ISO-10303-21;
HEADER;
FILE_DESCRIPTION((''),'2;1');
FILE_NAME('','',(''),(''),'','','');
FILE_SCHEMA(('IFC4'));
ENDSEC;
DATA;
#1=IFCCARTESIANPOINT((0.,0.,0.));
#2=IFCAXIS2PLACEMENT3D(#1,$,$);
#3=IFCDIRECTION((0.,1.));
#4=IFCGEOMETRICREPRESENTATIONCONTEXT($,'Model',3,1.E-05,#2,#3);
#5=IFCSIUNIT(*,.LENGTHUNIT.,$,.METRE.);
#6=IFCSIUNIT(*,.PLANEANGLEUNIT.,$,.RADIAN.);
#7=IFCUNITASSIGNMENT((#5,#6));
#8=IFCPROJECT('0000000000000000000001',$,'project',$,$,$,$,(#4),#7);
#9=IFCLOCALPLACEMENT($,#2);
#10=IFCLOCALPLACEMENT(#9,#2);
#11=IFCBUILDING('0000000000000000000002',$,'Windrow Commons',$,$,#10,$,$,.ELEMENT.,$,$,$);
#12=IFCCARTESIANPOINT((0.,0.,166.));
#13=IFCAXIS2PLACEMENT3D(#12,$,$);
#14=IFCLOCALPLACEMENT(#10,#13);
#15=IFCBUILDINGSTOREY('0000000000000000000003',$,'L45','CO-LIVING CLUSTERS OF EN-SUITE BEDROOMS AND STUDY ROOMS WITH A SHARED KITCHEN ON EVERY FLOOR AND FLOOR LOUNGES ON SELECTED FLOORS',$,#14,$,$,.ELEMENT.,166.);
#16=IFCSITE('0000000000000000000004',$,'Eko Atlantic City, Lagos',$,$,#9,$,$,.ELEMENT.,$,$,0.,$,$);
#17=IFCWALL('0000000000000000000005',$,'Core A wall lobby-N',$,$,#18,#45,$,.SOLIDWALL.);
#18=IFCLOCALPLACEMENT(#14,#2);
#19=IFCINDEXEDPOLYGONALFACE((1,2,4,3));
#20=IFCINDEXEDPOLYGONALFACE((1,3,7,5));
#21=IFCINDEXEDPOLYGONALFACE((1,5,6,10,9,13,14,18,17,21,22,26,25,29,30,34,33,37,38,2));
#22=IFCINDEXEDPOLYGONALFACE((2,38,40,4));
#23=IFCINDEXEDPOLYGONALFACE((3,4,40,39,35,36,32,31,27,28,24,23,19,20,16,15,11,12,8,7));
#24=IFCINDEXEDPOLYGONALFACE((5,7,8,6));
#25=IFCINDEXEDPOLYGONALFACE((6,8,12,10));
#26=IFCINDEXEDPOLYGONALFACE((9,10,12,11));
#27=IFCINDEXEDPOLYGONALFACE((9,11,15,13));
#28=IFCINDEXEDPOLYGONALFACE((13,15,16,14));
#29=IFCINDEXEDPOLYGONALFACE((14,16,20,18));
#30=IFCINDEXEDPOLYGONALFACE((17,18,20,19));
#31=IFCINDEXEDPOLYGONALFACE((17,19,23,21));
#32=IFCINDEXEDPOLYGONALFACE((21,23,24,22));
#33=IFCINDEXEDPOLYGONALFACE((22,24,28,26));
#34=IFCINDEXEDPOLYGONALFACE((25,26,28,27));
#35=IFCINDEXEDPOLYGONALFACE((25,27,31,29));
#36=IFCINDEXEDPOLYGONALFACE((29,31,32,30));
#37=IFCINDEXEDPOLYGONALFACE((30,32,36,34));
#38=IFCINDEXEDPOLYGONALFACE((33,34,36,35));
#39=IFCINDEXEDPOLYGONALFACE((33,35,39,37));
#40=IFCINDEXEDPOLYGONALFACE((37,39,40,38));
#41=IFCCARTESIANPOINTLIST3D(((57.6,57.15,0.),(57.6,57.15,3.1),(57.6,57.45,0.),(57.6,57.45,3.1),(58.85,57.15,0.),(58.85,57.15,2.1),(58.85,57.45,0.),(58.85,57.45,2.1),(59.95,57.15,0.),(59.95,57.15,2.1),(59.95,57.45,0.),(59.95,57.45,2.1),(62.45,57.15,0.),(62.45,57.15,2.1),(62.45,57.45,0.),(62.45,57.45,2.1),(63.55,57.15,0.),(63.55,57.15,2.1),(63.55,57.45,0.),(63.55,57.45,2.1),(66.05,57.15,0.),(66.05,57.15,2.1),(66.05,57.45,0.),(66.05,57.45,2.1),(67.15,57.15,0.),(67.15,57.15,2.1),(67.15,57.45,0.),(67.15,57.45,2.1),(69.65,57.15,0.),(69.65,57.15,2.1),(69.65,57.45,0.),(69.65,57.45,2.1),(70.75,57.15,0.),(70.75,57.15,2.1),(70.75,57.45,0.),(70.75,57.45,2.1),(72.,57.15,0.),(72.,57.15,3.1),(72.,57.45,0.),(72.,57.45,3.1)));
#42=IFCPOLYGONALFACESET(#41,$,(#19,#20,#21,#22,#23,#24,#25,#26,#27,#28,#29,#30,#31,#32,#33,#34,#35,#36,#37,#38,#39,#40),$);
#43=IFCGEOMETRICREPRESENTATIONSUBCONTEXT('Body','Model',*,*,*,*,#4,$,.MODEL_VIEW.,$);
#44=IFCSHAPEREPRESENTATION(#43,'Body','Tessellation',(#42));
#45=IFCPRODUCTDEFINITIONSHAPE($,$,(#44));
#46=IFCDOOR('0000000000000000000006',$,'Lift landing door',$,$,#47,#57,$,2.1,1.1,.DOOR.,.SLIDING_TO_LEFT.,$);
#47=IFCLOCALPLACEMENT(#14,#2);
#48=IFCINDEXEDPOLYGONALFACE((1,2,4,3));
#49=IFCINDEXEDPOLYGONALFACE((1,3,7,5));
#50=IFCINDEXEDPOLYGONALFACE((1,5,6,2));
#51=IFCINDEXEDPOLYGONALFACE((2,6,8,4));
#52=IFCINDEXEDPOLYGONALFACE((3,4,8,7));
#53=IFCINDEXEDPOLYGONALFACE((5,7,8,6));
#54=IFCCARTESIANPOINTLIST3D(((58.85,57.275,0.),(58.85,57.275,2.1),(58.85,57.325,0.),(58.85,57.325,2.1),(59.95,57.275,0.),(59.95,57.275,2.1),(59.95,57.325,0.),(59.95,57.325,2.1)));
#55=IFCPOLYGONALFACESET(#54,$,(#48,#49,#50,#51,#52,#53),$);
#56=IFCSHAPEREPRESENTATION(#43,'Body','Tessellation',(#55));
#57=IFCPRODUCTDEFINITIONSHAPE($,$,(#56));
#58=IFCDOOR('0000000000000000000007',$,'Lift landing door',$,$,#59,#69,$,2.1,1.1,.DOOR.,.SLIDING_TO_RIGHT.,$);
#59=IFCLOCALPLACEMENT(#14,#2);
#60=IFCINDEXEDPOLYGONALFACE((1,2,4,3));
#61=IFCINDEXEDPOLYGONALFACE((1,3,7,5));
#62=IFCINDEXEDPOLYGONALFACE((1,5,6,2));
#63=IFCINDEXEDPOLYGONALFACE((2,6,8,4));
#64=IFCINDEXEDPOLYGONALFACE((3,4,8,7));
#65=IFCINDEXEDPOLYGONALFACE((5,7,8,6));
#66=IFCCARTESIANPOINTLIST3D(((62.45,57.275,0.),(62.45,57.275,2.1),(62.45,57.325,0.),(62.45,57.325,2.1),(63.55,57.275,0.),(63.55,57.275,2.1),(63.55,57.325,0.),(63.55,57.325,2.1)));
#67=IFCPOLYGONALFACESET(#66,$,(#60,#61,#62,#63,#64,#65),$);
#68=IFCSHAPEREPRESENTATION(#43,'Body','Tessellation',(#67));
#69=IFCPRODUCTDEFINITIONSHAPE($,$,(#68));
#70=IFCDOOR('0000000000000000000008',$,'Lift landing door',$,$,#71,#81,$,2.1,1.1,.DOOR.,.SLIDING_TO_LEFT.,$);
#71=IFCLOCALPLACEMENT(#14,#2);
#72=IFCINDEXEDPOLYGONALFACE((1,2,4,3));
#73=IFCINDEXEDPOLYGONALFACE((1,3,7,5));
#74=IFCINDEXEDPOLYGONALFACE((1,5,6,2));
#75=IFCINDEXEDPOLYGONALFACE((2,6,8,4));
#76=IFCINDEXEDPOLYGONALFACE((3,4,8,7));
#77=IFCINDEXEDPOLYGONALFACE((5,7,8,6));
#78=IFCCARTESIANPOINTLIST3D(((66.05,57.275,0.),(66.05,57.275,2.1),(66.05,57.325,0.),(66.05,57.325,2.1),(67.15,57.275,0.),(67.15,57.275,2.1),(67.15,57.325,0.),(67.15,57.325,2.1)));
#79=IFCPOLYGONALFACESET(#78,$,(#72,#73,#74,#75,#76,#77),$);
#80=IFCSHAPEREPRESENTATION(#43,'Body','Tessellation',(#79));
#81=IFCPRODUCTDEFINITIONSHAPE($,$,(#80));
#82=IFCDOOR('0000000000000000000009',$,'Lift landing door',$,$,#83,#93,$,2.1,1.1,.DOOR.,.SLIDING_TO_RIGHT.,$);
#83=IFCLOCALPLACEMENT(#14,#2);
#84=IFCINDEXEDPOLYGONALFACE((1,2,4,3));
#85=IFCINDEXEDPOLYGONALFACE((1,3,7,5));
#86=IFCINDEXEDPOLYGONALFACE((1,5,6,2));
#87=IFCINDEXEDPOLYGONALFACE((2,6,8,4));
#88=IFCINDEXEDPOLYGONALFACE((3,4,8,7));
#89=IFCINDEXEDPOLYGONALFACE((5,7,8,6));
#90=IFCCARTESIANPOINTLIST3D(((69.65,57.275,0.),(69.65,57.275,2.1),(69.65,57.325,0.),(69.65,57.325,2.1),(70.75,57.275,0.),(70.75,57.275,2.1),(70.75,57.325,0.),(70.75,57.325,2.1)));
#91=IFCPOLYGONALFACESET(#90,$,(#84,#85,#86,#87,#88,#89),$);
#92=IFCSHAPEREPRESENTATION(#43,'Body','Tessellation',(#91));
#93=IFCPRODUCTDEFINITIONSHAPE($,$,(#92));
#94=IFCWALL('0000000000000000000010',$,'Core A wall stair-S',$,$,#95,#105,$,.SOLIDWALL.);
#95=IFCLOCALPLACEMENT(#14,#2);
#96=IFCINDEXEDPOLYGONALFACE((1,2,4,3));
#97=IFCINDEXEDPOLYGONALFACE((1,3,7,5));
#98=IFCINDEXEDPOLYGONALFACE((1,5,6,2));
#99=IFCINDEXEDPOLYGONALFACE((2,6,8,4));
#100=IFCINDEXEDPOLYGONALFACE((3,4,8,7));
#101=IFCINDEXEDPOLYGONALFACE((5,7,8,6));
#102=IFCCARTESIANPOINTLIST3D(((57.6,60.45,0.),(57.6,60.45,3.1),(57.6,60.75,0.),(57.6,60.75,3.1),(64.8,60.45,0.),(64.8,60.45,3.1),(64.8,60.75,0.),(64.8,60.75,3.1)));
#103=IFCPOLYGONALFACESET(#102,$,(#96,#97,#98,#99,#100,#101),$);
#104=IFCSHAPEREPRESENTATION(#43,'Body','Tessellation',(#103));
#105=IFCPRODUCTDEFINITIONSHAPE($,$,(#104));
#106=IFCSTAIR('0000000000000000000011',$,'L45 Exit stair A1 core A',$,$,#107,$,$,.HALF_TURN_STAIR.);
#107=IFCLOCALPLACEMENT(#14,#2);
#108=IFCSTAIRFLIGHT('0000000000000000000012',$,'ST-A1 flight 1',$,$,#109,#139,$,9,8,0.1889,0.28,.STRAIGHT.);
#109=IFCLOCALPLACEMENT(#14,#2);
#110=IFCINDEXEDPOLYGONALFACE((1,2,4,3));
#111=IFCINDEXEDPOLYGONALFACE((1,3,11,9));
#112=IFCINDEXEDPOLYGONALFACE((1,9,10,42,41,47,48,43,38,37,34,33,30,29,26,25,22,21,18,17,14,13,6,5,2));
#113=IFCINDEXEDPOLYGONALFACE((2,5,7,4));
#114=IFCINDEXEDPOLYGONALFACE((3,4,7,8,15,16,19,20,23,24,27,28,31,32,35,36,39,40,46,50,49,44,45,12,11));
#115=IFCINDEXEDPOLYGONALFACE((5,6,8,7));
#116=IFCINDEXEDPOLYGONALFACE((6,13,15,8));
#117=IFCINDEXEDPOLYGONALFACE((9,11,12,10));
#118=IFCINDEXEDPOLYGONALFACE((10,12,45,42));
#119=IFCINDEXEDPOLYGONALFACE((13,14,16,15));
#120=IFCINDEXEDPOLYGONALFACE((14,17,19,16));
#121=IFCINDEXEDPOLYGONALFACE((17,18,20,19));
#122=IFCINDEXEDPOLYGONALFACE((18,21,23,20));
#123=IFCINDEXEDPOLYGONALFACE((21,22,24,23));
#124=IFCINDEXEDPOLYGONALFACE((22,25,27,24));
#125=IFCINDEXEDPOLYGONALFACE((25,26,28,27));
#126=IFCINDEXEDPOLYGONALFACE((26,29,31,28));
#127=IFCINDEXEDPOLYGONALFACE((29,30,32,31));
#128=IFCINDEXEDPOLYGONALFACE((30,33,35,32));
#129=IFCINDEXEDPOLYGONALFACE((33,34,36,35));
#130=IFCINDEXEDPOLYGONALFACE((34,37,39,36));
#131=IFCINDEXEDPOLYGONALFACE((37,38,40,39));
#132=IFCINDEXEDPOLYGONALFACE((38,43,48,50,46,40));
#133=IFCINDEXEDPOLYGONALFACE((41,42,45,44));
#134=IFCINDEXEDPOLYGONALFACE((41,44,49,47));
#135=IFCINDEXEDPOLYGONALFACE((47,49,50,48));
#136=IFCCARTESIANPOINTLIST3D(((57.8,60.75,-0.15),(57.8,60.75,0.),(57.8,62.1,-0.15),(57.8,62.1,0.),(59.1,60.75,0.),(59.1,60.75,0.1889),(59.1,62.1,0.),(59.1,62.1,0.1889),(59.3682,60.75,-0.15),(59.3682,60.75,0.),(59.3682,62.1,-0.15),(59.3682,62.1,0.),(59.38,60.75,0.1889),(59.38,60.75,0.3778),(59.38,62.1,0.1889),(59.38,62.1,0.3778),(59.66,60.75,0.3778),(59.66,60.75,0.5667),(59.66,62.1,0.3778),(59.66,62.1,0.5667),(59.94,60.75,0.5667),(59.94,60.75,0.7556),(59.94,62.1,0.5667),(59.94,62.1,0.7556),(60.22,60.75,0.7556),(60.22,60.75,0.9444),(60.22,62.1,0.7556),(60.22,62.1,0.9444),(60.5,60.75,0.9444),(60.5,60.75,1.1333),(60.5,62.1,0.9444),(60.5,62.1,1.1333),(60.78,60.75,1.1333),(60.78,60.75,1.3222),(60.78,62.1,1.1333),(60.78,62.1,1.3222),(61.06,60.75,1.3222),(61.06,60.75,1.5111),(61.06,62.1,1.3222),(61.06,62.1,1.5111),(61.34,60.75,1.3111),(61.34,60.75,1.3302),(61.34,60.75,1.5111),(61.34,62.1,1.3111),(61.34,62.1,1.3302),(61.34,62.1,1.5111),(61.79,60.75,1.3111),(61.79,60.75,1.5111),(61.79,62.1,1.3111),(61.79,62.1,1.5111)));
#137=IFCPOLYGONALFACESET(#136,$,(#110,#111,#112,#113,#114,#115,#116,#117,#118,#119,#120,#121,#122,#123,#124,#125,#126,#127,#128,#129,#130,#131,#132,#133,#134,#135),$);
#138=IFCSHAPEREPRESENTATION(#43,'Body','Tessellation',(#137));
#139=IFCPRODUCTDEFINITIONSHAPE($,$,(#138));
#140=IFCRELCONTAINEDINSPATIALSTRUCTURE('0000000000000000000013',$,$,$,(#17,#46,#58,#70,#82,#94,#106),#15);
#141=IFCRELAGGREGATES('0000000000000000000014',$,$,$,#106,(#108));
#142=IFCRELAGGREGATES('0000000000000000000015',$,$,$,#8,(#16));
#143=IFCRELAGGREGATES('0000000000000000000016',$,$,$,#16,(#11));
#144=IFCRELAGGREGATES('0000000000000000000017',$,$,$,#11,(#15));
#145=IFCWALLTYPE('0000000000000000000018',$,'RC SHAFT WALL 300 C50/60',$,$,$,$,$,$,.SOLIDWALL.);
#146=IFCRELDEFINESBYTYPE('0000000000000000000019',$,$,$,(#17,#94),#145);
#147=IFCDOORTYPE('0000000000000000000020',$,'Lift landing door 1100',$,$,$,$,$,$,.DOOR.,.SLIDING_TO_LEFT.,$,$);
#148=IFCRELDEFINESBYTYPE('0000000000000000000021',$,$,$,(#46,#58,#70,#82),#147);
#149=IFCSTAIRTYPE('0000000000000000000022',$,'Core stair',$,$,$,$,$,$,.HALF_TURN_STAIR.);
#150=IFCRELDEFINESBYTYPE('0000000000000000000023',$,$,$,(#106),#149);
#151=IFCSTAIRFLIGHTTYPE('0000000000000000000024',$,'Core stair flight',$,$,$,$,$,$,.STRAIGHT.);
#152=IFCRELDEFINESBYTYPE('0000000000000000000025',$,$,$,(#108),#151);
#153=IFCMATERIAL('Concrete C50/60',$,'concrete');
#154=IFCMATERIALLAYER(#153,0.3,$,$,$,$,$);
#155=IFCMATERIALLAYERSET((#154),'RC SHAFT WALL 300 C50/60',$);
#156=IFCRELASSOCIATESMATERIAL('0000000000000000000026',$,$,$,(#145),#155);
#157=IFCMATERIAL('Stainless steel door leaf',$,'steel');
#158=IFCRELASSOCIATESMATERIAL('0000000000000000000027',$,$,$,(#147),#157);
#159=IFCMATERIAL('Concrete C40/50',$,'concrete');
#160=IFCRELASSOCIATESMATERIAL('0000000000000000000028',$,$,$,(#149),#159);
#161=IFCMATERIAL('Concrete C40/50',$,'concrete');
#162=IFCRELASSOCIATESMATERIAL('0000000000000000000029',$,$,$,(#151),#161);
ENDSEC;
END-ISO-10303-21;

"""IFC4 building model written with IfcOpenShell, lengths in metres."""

from ifc_helpers import new_model, si_unit, direction, frame, frame_2d, origin, place, context, subcontext, project, spatial, polyline, rectangle, outline, extrude, material, layer, layer_set, type_object, element, fill, aggregate, save


model = new_model("IFC4")

# Units and contexts
model_context = context("Model", 3, precision=1e-05, world=origin(), true_north=direction((0.0, 1.0)))
body_context = subcontext(model_context, "Body", "Model", "MODEL_VIEW")
ifc_project = project(units=[si_unit("LENGTHUNIT", "METRE"), si_unit("PLANEANGLEUNIT", "RADIAN")], contexts=[model_context])

# Site, building, storey
site_placement = place(None, origin())
site = spatial("IfcSite", under=ifc_project, at=site_placement, Name="Eko Atlantic City, Lagos", CompositionType="ELEMENT", RefElevation=0.0)
building_placement = place(site_placement, origin())
building = spatial("IfcBuilding", under=site, at=building_placement, Name="Windrow Commons", CompositionType="ELEMENT")
storey_placement = place(building_placement, frame((0.0, 0.0, 166.0)))
storey = spatial("IfcBuildingStorey", under=building, at=storey_placement, Name="L45", Description="CO-LIVING CLUSTERS OF EN-SUITE BEDROOMS AND STUDY ROOMS WITH A SHARED KITCHEN ON EVERY FLOOR AND FLOOR LOUNGES ON SELECTED FLOORS", CompositionType="ELEMENT", Elevation=166.0)

# Wall, openings, doors
ifc_material_1 = material(Name="Concrete C50/60", Category="concrete")
ifc_layer_1 = layer(ifc_material_1, 0.3)
ifc_layer_set_1 = layer_set([ifc_layer_1], Name="RC SHAFT WALL 300 C50/60")
wall_type_1 = type_object("IfcWallType", Name="RC SHAFT WALL 300 C50/60", PredefinedType="SOLIDWALL", material=ifc_layer_set_1)
ifc_material_2 = material(Name="Stainless steel door leaf", Category="steel")
door_type_1 = type_object("IfcDoorType", Name="Lift landing door 1100", OperationType="SLIDING_TO_LEFT", PredefinedType="DOOR", material=ifc_material_2)
wall_1_placement = place(storey_placement, frame((57.6, 57.3, 0.0), z_axis=(0.0, 0.0, 1.0), x_axis=(1.0, 0.0, 0.0)))
wall_1 = element("IfcWall", 1, at=wall_1_placement, inside=storey, type_object=wall_type_1, Name="Core A wall lobby-N", PredefinedType="SOLIDWALL", context=body_context, shape_type="SweptSolid", body=[
    extrude(rectangle(XDim=14.4, YDim=0.3, at=frame_2d((7.2, 0.0))), origin(), (0.0, 0.0, 1.0), 3.1),
])
opening_1_placement = place(wall_1_placement, frame((1.25, 0.0, 0.0)))
opening_1 = element("IfcOpeningElement", 2, at=opening_1_placement, cuts=wall_1, PredefinedType="OPENING", context=body_context, shape_type="SweptSolid", body=[
    extrude(rectangle(XDim=1.1, YDim=2.1, at=frame_2d((0.55, 1.05))), frame((0.0, 0.16, 0.0), z_axis=(0.0, -1.0, 0.0), x_axis=(1.0, 0.0, 0.0)), (0.0, 0.0, 1.0), 0.32),
])
opening_2_placement = place(wall_1_placement, frame((4.85, 0.0, 0.0)))
opening_2 = element("IfcOpeningElement", 3, at=opening_2_placement, cuts=wall_1, PredefinedType="OPENING", context=body_context, shape_type="SweptSolid", body=[
    extrude(rectangle(XDim=1.1, YDim=2.1, at=frame_2d((0.55, 1.05))), frame((0.0, 0.16, 0.0), z_axis=(0.0, -1.0, 0.0), x_axis=(1.0, 0.0, 0.0)), (0.0, 0.0, 1.0), 0.32),
])
opening_3_placement = place(wall_1_placement, frame((8.45, 0.0, 0.0)))
opening_3 = element("IfcOpeningElement", 4, at=opening_3_placement, cuts=wall_1, PredefinedType="OPENING", context=body_context, shape_type="SweptSolid", body=[
    extrude(rectangle(XDim=1.1, YDim=2.1, at=frame_2d((0.55, 1.05))), frame((0.0, 0.16, 0.0), z_axis=(0.0, -1.0, 0.0), x_axis=(1.0, 0.0, 0.0)), (0.0, 0.0, 1.0), 0.32),
])
opening_4_placement = place(wall_1_placement, frame((12.05, 0.0, 0.0)))
opening_4 = element("IfcOpeningElement", 5, at=opening_4_placement, cuts=wall_1, PredefinedType="OPENING", context=body_context, shape_type="SweptSolid", body=[
    extrude(rectangle(XDim=1.1, YDim=2.1, at=frame_2d((0.55, 1.05))), frame((0.0, 0.16, 0.0), z_axis=(0.0, -1.0, 0.0), x_axis=(1.0, 0.0, 0.0)), (0.0, 0.0, 1.0), 0.32),
])
door_1_placement = place(opening_1_placement, origin())
door_1 = element("IfcDoor", 6, at=door_1_placement, inside=storey, type_object=door_type_1, Name="Lift landing door", OperationType="SLIDING_TO_LEFT", OverallHeight=2.1, OverallWidth=1.1, PredefinedType="DOOR", context=body_context, shape_type="SweptSolid", body=[
    extrude(rectangle(XDim=1.1, YDim=2.1, at=frame_2d((0.55, 1.05))), frame((0.0, 0.025, 0.0), z_axis=(0.0, -1.0, 0.0), x_axis=(1.0, 0.0, 0.0)), (0.0, 0.0, 1.0), 0.05),
])
fill(opening_1, door_1)
door_2_placement = place(opening_2_placement, origin())
door_2 = element("IfcDoor", 7, at=door_2_placement, inside=storey, type_object=door_type_1, Name="Lift landing door", OperationType="SLIDING_TO_RIGHT", OverallHeight=2.1, OverallWidth=1.1, PredefinedType="DOOR", context=body_context, shape_type="SweptSolid", body=[
    extrude(rectangle(XDim=1.1, YDim=2.1, at=frame_2d((0.55, 1.05))), frame((0.0, 0.025, 0.0), z_axis=(0.0, -1.0, 0.0), x_axis=(1.0, 0.0, 0.0)), (0.0, 0.0, 1.0), 0.05),
])
fill(opening_2, door_2)
door_3_placement = place(opening_3_placement, origin())
door_3 = element("IfcDoor", 8, at=door_3_placement, inside=storey, type_object=door_type_1, Name="Lift landing door", OperationType="SLIDING_TO_LEFT", OverallHeight=2.1, OverallWidth=1.1, PredefinedType="DOOR", context=body_context, shape_type="SweptSolid", body=[
    extrude(rectangle(XDim=1.1, YDim=2.1, at=frame_2d((0.55, 1.05))), frame((0.0, 0.025, 0.0), z_axis=(0.0, -1.0, 0.0), x_axis=(1.0, 0.0, 0.0)), (0.0, 0.0, 1.0), 0.05),
])
fill(opening_3, door_3)
door_4_placement = place(opening_4_placement, origin())
door_4 = element("IfcDoor", 9, at=door_4_placement, inside=storey, type_object=door_type_1, Name="Lift landing door", OperationType="SLIDING_TO_RIGHT", OverallHeight=2.1, OverallWidth=1.1, PredefinedType="DOOR", context=body_context, shape_type="SweptSolid", body=[
    extrude(rectangle(XDim=1.1, YDim=2.1, at=frame_2d((0.55, 1.05))), frame((0.0, 0.025, 0.0), z_axis=(0.0, -1.0, 0.0), x_axis=(1.0, 0.0, 0.0)), (0.0, 0.0, 1.0), 0.05),
])
fill(opening_4, door_4)

# Wall
wall_2_placement = place(storey_placement, frame((57.6, 60.6, 0.0), z_axis=(0.0, 0.0, 1.0), x_axis=(1.0, 0.0, 0.0)))
element("IfcWall", 10, at=wall_2_placement, inside=storey, type_object=wall_type_1, Name="Core A wall stair-S", PredefinedType="SOLIDWALL", context=body_context, shape_type="SweptSolid", body=[
    extrude(rectangle(XDim=7.2, YDim=0.3, at=frame_2d((3.6, 0.0))), origin(), (0.0, 0.0, 1.0), 3.1),
])

# Stair, stair flight
ifc_material_3 = material(Name="Concrete C40/50", Category="concrete")
stair_type = type_object("IfcStairType", Name="Core stair", PredefinedType="HALF_TURN_STAIR", material=ifc_material_3)
stair_placement = place(storey_placement, origin())
stair = element("IfcStair", 11, at=stair_placement, inside=storey, type_object=stair_type, Name="L45 Exit stair A1 core A", PredefinedType="HALF_TURN_STAIR")
ifc_material_4 = material(Name="Concrete C40/50", Category="concrete")
stair_flight_type = type_object("IfcStairFlightType", Name="Core stair flight", PredefinedType="STRAIGHT", material=ifc_material_4)
stair_flight_placement = place(storey_placement, frame((59.1, 61.425, 0.0), z_axis=(0.0, 0.0, 1.0), x_axis=(1.0, 0.0, 0.0)))
stair_flight = element("IfcStairFlight", 12, at=stair_flight_placement, type_object=stair_flight_type, Name="ST-A1 flight 1", NumberOfRisers=9, NumberOfTreads=8, PredefinedType="STRAIGHT", RiserHeight=0.1889, TreadLength=0.28, context=body_context, shape_type="SweptSolid", body=[
    extrude(outline(polyline([(-1.3, -0.15), (-1.3, 0.0), (0.0, 0.0), (0.0, 0.1889), (0.28, 0.1889), (0.28, 0.3778), (0.56, 0.3778), (0.56, 0.5667), (0.84, 0.5667), (0.84, 0.7556), (1.12, 0.7556), (1.12, 0.9444), (1.4, 0.9444), (1.4, 1.1333), (1.68, 1.1333), (1.68, 1.3222), (1.96, 1.3222), (1.96, 1.5111), (2.24, 1.5111), (2.69, 1.5111), (2.69, 1.3111), (2.24, 1.3111), (2.24, 1.3302), (0.2682, 0.0), (0.2682, -0.15), (-1.3, -0.15)])), frame((0.0, 0.675, 0.0), z_axis=(0.0, -1.0, 0.0), x_axis=(1.0, 0.0, 0.0)), (0.0, 0.0, 1.0), 1.35),
])
aggregate(stair, [stair_flight])

save(model, "model.ifc")
